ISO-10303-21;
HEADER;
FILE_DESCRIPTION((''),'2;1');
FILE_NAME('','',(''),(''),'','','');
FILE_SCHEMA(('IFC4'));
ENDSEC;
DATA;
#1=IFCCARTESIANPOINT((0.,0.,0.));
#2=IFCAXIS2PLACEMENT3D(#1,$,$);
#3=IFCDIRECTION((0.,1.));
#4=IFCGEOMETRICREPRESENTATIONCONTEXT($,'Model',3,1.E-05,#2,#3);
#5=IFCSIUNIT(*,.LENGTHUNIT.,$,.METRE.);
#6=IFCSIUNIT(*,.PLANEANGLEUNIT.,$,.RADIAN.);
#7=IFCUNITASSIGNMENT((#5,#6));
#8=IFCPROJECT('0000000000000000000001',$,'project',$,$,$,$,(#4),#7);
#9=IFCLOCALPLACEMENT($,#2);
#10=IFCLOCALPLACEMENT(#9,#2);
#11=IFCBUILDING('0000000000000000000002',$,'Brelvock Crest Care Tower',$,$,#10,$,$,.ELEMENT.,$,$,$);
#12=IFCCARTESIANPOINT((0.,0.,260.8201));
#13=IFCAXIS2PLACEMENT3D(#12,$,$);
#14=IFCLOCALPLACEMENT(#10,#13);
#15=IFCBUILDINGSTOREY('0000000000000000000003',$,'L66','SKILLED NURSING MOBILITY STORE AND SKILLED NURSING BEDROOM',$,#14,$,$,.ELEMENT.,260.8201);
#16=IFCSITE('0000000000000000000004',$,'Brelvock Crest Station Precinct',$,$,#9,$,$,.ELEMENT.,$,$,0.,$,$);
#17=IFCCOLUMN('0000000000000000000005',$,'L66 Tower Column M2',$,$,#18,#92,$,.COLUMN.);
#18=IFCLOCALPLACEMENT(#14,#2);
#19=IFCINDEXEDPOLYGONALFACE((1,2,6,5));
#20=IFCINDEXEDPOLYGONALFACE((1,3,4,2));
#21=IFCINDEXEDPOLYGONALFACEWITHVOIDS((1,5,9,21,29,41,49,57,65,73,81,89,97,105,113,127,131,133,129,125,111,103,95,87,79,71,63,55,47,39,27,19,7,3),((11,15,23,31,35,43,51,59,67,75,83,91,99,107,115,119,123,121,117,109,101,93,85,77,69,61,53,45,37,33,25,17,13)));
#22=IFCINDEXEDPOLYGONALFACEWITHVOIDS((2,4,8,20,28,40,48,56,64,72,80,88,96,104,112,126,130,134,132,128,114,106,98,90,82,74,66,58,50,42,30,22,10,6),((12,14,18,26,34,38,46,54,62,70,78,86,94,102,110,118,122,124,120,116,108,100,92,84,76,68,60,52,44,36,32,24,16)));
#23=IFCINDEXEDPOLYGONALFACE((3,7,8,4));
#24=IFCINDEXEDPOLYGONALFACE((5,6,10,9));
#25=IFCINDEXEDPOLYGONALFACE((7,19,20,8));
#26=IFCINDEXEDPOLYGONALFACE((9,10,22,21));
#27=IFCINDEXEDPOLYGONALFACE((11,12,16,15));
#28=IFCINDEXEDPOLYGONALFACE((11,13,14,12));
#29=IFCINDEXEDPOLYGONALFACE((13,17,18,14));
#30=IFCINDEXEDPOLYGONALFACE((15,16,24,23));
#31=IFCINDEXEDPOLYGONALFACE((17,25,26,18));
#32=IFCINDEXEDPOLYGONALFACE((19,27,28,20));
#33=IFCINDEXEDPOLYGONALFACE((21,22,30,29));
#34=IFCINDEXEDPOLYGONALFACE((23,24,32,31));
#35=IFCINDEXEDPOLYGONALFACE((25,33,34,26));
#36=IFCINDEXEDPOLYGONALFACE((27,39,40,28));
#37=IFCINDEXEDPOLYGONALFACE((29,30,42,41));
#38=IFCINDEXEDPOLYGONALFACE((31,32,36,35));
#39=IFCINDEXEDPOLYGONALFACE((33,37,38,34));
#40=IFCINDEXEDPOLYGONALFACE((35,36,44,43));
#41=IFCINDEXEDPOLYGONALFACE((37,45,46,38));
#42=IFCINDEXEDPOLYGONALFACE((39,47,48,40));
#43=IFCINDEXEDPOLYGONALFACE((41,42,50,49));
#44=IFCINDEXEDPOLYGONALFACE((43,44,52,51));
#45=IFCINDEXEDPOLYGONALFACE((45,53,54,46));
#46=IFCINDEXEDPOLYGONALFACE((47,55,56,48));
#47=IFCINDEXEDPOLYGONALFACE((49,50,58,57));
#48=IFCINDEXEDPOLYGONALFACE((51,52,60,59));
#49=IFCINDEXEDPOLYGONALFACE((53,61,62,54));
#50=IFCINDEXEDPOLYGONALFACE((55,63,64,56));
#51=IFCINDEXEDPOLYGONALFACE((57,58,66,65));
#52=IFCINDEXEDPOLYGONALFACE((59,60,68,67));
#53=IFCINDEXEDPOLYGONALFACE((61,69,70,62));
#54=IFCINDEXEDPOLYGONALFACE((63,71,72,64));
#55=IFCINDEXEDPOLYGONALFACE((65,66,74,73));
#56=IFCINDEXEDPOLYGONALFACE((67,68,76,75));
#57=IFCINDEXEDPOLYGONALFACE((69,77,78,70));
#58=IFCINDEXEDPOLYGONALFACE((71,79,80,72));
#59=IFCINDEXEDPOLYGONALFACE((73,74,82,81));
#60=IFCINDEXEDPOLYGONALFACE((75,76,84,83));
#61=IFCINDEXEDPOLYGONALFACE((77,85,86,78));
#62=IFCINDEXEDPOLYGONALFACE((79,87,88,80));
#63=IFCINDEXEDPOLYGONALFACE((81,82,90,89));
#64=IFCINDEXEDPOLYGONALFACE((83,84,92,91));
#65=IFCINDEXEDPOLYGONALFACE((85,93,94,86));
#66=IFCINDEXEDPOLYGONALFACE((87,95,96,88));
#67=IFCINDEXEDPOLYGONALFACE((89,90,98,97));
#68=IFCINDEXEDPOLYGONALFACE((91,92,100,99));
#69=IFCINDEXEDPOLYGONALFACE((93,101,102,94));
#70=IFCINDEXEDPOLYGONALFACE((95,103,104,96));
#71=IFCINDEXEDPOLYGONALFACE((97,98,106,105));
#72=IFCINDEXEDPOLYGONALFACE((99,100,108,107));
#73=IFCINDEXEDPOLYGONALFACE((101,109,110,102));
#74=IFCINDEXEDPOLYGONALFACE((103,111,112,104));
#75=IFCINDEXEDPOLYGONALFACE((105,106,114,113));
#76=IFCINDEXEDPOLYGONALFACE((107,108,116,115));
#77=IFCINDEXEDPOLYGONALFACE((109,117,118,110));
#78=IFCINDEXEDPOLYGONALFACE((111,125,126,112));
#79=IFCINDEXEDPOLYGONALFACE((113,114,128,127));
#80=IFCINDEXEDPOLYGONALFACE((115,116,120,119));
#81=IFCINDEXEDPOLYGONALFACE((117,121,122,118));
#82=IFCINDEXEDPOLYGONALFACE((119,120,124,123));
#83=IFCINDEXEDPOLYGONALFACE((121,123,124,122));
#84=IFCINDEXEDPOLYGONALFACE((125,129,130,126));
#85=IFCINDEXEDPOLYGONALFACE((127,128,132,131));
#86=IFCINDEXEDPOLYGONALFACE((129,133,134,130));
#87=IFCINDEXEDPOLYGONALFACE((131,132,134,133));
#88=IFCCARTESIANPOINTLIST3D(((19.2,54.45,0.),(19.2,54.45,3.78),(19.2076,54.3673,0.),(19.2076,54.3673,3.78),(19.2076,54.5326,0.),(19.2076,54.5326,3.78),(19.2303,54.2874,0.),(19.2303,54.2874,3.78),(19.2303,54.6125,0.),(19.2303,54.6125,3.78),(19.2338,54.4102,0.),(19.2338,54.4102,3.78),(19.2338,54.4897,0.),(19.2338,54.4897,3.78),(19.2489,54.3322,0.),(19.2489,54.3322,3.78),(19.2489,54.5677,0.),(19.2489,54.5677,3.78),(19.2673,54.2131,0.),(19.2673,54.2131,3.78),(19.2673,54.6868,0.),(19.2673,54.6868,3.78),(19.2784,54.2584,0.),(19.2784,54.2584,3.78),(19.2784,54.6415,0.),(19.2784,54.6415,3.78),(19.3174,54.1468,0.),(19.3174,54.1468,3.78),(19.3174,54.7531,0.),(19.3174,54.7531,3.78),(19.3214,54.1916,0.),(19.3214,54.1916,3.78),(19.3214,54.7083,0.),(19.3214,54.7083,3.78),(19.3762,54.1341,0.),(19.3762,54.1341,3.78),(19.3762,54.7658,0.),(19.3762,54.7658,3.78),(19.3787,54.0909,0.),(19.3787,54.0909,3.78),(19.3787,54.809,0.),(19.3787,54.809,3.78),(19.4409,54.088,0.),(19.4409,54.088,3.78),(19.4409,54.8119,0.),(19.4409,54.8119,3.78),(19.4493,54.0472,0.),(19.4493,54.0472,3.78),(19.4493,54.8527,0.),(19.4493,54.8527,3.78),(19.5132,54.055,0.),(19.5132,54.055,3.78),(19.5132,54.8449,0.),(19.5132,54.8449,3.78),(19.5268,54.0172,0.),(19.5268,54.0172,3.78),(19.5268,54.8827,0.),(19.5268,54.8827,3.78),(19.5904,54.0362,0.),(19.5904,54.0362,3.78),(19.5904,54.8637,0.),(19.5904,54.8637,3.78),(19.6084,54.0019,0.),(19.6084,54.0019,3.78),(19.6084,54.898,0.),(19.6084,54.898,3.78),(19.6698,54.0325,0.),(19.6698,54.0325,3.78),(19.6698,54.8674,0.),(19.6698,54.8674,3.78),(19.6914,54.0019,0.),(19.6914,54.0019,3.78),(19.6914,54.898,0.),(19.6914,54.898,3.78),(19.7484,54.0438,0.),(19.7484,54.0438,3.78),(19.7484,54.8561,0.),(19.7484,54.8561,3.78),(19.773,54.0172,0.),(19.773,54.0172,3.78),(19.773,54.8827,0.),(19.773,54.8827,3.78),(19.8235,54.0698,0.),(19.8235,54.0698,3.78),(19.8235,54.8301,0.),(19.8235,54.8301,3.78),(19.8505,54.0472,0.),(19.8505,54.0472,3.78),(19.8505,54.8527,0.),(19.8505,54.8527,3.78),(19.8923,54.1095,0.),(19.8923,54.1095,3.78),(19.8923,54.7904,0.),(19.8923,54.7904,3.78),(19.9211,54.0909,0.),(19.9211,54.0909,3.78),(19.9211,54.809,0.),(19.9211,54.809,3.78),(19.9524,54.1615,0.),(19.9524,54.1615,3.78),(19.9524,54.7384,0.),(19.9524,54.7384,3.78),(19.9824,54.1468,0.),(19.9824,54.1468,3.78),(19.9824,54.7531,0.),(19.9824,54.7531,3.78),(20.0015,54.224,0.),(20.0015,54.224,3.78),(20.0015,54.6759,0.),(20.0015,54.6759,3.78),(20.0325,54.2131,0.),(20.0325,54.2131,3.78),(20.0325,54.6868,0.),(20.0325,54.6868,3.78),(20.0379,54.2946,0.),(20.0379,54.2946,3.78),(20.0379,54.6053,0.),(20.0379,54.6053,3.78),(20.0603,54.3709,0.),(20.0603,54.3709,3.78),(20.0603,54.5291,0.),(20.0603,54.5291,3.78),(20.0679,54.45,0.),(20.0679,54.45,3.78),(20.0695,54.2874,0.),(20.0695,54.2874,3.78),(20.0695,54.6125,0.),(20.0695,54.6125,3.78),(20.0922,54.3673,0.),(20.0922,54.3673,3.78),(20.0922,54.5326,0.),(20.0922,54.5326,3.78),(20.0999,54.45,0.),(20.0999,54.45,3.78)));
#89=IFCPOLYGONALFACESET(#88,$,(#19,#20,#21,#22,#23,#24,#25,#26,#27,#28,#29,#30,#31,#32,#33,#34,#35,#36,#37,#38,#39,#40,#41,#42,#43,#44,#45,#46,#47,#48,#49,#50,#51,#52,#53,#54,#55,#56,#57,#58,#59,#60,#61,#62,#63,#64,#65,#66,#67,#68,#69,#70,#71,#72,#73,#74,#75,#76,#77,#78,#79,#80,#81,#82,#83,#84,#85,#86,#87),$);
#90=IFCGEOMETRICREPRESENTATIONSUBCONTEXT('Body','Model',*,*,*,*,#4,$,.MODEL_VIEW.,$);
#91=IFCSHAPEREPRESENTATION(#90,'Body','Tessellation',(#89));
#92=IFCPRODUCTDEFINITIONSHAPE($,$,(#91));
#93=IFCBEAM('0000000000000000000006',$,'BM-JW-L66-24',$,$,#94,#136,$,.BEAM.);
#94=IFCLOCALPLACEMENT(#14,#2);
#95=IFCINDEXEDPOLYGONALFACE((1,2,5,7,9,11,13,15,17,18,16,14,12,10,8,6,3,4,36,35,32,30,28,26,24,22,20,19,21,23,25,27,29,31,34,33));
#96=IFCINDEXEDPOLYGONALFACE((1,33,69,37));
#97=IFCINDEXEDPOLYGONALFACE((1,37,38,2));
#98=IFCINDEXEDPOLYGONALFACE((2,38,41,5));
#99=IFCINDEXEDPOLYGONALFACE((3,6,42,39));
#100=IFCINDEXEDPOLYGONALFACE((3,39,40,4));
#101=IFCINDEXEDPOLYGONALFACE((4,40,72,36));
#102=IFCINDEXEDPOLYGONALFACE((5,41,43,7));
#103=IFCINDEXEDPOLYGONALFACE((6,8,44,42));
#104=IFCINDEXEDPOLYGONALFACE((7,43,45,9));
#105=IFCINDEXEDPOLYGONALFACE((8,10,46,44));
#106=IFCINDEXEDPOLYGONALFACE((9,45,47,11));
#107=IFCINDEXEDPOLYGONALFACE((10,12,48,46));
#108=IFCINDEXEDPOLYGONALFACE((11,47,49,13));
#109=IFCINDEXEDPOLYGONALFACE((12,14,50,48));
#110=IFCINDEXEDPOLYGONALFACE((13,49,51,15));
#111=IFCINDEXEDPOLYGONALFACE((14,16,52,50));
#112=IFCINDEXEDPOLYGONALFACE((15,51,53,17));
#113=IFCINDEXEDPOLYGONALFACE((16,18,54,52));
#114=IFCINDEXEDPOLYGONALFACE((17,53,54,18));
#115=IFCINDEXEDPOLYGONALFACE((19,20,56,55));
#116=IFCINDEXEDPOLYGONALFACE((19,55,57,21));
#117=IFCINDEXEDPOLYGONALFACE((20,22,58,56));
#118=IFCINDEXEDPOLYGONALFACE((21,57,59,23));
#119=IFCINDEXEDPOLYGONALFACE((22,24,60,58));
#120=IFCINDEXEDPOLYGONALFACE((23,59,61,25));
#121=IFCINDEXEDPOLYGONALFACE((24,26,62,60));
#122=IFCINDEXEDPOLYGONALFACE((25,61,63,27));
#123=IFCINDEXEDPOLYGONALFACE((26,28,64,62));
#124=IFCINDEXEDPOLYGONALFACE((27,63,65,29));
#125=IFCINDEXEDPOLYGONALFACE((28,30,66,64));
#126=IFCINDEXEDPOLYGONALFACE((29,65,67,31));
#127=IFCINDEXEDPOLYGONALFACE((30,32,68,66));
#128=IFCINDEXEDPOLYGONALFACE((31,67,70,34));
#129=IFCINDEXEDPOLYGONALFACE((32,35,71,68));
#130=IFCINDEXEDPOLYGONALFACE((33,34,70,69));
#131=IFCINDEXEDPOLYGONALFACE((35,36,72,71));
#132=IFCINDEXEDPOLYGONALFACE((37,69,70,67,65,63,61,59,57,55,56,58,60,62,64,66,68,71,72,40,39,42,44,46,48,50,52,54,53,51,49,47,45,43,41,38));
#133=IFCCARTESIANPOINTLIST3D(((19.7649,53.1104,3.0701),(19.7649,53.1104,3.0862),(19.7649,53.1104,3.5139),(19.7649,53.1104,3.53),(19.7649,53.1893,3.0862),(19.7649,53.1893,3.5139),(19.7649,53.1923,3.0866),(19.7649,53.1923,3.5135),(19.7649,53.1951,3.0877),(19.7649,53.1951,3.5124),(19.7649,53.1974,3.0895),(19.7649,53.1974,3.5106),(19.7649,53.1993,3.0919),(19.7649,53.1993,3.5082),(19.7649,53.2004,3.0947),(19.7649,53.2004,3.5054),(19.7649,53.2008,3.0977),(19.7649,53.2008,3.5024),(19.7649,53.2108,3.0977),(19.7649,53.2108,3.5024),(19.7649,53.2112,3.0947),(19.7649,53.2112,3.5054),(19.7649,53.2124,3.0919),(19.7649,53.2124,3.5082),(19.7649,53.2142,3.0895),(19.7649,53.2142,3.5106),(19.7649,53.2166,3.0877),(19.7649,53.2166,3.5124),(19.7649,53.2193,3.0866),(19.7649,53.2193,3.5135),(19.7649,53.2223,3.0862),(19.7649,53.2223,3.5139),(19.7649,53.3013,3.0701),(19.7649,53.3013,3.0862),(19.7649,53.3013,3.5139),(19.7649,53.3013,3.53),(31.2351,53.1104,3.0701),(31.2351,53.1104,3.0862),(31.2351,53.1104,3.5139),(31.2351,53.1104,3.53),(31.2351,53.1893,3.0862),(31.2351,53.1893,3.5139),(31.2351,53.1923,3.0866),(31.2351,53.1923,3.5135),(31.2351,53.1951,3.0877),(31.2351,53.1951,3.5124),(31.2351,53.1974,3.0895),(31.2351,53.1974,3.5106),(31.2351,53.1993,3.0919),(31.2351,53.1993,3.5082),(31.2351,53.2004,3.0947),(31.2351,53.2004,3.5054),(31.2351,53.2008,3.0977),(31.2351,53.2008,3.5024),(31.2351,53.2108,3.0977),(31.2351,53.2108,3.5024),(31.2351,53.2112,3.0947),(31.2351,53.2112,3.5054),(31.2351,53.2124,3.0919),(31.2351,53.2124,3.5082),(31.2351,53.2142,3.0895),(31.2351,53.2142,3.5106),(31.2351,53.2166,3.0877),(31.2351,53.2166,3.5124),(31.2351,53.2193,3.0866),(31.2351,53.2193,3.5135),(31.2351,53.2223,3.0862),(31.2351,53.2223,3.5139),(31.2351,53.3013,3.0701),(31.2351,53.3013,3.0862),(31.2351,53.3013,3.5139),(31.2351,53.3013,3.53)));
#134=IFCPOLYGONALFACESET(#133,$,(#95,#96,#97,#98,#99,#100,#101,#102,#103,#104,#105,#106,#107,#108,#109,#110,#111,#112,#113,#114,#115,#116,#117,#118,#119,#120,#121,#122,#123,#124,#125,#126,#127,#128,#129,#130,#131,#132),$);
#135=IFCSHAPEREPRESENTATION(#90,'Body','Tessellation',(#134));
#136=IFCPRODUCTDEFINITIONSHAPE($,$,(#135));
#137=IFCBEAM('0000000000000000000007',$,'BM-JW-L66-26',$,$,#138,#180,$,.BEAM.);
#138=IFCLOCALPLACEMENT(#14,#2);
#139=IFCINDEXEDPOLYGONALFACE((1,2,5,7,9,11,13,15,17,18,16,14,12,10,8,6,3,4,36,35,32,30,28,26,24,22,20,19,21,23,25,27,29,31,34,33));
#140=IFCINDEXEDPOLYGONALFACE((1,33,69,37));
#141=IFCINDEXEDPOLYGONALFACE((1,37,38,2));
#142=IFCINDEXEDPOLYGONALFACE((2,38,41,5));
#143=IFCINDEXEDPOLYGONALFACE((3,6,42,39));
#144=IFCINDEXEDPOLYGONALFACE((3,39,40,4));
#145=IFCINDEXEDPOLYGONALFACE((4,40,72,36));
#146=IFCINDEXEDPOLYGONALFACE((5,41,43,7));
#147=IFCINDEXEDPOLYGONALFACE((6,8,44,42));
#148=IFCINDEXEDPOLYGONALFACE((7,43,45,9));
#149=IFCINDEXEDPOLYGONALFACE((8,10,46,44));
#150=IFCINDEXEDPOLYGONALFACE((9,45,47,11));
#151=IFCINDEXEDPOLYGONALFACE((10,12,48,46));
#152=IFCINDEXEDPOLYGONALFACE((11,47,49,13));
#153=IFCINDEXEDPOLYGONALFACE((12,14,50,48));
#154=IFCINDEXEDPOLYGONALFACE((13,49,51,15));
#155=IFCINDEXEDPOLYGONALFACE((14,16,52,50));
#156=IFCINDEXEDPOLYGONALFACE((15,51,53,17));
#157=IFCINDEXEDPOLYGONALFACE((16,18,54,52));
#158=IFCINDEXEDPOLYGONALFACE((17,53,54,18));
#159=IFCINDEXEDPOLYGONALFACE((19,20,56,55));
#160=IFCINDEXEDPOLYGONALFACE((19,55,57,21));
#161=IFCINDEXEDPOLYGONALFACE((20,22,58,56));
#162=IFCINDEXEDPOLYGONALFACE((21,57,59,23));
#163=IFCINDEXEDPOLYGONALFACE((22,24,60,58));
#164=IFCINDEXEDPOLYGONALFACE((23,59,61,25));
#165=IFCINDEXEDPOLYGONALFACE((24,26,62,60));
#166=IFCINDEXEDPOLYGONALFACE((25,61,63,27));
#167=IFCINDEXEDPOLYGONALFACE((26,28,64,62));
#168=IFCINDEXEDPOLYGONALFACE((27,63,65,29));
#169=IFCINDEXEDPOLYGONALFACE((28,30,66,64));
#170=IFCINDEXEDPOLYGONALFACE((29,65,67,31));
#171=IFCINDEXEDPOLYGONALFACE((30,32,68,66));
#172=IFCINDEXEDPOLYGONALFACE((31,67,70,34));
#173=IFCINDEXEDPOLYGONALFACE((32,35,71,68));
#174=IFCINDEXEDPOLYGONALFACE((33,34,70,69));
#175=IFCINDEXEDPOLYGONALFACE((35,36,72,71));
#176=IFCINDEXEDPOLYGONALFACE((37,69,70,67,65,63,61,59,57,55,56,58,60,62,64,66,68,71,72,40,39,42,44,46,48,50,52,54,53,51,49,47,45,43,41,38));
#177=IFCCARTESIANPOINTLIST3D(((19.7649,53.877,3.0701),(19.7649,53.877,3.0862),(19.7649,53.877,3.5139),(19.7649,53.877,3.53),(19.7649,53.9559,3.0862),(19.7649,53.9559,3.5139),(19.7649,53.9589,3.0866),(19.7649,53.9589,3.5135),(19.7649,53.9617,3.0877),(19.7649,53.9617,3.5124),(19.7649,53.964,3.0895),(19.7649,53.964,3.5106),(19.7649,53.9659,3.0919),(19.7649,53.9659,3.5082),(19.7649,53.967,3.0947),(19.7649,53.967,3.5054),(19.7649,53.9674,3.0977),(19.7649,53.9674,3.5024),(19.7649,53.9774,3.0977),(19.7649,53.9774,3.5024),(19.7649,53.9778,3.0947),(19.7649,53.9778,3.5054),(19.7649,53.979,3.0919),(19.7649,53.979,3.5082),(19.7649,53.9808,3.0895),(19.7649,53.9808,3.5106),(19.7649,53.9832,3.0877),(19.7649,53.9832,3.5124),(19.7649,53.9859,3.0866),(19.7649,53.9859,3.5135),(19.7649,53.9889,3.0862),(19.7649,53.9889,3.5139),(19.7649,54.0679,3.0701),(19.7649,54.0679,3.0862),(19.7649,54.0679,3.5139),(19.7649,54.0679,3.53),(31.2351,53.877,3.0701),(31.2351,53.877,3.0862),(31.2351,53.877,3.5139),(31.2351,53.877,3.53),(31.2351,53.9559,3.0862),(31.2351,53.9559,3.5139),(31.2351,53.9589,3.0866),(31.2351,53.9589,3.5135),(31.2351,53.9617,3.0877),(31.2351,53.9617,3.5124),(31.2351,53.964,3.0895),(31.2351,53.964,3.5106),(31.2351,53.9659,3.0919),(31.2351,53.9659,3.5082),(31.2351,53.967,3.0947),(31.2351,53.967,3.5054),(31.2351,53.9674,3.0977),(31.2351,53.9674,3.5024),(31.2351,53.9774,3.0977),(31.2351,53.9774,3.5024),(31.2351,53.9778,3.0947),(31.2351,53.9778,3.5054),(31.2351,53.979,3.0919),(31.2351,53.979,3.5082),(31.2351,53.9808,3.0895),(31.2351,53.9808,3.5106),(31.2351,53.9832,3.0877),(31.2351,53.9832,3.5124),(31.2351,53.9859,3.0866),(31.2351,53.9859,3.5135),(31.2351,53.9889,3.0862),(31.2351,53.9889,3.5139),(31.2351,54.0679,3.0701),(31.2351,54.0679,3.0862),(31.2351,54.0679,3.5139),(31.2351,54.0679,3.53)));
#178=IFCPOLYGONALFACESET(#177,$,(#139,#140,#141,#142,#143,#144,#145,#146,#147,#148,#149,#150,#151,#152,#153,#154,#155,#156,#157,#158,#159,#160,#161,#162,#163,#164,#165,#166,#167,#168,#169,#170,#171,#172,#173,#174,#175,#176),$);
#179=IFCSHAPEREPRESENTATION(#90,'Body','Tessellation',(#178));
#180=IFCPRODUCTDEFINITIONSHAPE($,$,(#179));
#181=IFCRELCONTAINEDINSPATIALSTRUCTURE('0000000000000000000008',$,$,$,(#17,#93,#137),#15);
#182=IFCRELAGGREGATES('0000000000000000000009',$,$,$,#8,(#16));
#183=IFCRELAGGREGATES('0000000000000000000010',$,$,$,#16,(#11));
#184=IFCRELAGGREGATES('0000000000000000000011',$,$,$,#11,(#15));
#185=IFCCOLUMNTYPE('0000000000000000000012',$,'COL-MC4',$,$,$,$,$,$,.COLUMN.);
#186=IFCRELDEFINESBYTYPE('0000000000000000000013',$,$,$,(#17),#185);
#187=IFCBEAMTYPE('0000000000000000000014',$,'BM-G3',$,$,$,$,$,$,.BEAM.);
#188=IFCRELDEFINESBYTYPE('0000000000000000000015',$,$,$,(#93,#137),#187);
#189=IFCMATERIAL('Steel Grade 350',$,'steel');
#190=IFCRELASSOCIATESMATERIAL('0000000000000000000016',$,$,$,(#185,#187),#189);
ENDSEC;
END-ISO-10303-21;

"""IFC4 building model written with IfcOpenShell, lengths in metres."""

from ifc_helpers import new_model, si_unit, direction, frame, origin, origin_2d, place, context, subcontext, project, spatial, hollow_circle, i_section, extrude, source, transform, mapped, material, material_profile, profile_set, type_object, element, save


model = new_model("IFC4")

# Units and contexts
model_context = context("Model", 3, precision=1e-05, world=origin(), true_north=direction((0.0, 1.0)))
body_context = subcontext(model_context, "Body", "Model", "MODEL_VIEW")
ifc_project = project(units=[si_unit("LENGTHUNIT", "METRE"), si_unit("PLANEANGLEUNIT", "RADIAN")], contexts=[model_context])

# Site, building, storey
site_placement = place(None, origin())
site = spatial("IfcSite", under=ifc_project, at=site_placement, Name="Brelvock Crest Station Precinct", CompositionType="ELEMENT", RefElevation=0.0)
building_placement = place(site_placement, origin())
building = spatial("IfcBuilding", under=site, at=building_placement, Name="Brelvock Crest Care Tower", CompositionType="ELEMENT")
storey_placement = place(building_placement, frame((0.0, 0.0, 260.8201)))
storey = spatial("IfcBuildingStorey", under=building, at=storey_placement, Name="L66", Description="SKILLED NURSING MOBILITY STORE AND SKILLED NURSING BEDROOM", CompositionType="ELEMENT", Elevation=260.8201)

# Column
ifc_material_1 = material(Name="Steel Grade 350", Category="steel")
ifc_material_profile_1 = material_profile(ifc_material_1, hollow_circle(Radius=0.45, WallThickness=0.032, at=origin_2d()), Name="CFT900x32")
ifc_profile_set_1 = profile_set([ifc_material_profile_1], Name="Steel Grade 350")
column_type = type_object("IfcColumnType", Name="COL-MC4", PredefinedType="COLUMN", material=ifc_profile_set_1)
shared_shape_1 = source(origin(), body_context, "Body", "SweptSolid", [
    extrude(hollow_circle(Radius=0.45, WallThickness=0.032, at=origin_2d()), origin(), (0.0, 0.0, 1.0), 3.78),
])
column_placement = place(storey_placement, frame((19.6499, 54.45, 0.0), z_axis=(0.0, 0.0, 1.0), x_axis=(1.0, 0.0, 0.0)))
element("IfcColumn", 1, at=column_placement, inside=storey, type_object=column_type, Name="L66 Tower Column M2", PredefinedType="COLUMN", context=body_context, shape_type="MappedRepresentation", body=[
    mapped(shared_shape_1, transform((0.0, 0.0, 0.0), x_axis=(1.0, 0.0, 0.0), y_axis=(0.0, 1.0, 0.0), z_axis=(0.0, 0.0, 1.0), scale=1.0)),
])

# Beams
ifc_material_profile_2 = material_profile(ifc_material_1, i_section(OverallWidth=0.1909, OverallDepth=0.46, WebThickness=0.01, FlangeThickness=0.0161, FilletRadius=0.0115, at=origin_2d()), Name="460UB82.1")
ifc_profile_set_2 = profile_set([ifc_material_profile_2], Name="Steel Grade 350")
beam_type_1 = type_object("IfcBeamType", Name="BM-G3", PredefinedType="BEAM", material=ifc_profile_set_2)
shared_shape_2 = source(origin(), body_context, "Body", "SweptSolid", [
    extrude(i_section(OverallWidth=0.1909, OverallDepth=0.46, WebThickness=0.01, FlangeThickness=0.0161, FilletRadius=0.0115, at=origin_2d()), origin(), (0.0, 0.0, 1.0), 11.4702),
])
for number, where, z_axis, x_axis, name in (
    (2, (19.7649, 53.2058, 3.3), (1.0, 0.0, 0.0), (0.0, 1.0, 0.0), "BM-JW-L66-24"),
    (3, (19.7649, 53.9724, 3.3), (1.0, 0.0, 0.0), (0.0, 1.0, 0.0), "BM-JW-L66-26"),
):
    element("IfcBeam", number, at=place(storey_placement, frame(where, z_axis=z_axis, x_axis=x_axis)), inside=storey, type_object=beam_type_1, Name=name, PredefinedType="BEAM", context=body_context, shape_type="MappedRepresentation", body=[
        mapped(shared_shape_2, transform((0.0, 0.0, 0.0), x_axis=(1.0, 0.0, 0.0), y_axis=(0.0, 1.0, 0.0), z_axis=(0.0, 0.0, 1.0), scale=1.0)),
    ])

save(model, "model.ifc")
